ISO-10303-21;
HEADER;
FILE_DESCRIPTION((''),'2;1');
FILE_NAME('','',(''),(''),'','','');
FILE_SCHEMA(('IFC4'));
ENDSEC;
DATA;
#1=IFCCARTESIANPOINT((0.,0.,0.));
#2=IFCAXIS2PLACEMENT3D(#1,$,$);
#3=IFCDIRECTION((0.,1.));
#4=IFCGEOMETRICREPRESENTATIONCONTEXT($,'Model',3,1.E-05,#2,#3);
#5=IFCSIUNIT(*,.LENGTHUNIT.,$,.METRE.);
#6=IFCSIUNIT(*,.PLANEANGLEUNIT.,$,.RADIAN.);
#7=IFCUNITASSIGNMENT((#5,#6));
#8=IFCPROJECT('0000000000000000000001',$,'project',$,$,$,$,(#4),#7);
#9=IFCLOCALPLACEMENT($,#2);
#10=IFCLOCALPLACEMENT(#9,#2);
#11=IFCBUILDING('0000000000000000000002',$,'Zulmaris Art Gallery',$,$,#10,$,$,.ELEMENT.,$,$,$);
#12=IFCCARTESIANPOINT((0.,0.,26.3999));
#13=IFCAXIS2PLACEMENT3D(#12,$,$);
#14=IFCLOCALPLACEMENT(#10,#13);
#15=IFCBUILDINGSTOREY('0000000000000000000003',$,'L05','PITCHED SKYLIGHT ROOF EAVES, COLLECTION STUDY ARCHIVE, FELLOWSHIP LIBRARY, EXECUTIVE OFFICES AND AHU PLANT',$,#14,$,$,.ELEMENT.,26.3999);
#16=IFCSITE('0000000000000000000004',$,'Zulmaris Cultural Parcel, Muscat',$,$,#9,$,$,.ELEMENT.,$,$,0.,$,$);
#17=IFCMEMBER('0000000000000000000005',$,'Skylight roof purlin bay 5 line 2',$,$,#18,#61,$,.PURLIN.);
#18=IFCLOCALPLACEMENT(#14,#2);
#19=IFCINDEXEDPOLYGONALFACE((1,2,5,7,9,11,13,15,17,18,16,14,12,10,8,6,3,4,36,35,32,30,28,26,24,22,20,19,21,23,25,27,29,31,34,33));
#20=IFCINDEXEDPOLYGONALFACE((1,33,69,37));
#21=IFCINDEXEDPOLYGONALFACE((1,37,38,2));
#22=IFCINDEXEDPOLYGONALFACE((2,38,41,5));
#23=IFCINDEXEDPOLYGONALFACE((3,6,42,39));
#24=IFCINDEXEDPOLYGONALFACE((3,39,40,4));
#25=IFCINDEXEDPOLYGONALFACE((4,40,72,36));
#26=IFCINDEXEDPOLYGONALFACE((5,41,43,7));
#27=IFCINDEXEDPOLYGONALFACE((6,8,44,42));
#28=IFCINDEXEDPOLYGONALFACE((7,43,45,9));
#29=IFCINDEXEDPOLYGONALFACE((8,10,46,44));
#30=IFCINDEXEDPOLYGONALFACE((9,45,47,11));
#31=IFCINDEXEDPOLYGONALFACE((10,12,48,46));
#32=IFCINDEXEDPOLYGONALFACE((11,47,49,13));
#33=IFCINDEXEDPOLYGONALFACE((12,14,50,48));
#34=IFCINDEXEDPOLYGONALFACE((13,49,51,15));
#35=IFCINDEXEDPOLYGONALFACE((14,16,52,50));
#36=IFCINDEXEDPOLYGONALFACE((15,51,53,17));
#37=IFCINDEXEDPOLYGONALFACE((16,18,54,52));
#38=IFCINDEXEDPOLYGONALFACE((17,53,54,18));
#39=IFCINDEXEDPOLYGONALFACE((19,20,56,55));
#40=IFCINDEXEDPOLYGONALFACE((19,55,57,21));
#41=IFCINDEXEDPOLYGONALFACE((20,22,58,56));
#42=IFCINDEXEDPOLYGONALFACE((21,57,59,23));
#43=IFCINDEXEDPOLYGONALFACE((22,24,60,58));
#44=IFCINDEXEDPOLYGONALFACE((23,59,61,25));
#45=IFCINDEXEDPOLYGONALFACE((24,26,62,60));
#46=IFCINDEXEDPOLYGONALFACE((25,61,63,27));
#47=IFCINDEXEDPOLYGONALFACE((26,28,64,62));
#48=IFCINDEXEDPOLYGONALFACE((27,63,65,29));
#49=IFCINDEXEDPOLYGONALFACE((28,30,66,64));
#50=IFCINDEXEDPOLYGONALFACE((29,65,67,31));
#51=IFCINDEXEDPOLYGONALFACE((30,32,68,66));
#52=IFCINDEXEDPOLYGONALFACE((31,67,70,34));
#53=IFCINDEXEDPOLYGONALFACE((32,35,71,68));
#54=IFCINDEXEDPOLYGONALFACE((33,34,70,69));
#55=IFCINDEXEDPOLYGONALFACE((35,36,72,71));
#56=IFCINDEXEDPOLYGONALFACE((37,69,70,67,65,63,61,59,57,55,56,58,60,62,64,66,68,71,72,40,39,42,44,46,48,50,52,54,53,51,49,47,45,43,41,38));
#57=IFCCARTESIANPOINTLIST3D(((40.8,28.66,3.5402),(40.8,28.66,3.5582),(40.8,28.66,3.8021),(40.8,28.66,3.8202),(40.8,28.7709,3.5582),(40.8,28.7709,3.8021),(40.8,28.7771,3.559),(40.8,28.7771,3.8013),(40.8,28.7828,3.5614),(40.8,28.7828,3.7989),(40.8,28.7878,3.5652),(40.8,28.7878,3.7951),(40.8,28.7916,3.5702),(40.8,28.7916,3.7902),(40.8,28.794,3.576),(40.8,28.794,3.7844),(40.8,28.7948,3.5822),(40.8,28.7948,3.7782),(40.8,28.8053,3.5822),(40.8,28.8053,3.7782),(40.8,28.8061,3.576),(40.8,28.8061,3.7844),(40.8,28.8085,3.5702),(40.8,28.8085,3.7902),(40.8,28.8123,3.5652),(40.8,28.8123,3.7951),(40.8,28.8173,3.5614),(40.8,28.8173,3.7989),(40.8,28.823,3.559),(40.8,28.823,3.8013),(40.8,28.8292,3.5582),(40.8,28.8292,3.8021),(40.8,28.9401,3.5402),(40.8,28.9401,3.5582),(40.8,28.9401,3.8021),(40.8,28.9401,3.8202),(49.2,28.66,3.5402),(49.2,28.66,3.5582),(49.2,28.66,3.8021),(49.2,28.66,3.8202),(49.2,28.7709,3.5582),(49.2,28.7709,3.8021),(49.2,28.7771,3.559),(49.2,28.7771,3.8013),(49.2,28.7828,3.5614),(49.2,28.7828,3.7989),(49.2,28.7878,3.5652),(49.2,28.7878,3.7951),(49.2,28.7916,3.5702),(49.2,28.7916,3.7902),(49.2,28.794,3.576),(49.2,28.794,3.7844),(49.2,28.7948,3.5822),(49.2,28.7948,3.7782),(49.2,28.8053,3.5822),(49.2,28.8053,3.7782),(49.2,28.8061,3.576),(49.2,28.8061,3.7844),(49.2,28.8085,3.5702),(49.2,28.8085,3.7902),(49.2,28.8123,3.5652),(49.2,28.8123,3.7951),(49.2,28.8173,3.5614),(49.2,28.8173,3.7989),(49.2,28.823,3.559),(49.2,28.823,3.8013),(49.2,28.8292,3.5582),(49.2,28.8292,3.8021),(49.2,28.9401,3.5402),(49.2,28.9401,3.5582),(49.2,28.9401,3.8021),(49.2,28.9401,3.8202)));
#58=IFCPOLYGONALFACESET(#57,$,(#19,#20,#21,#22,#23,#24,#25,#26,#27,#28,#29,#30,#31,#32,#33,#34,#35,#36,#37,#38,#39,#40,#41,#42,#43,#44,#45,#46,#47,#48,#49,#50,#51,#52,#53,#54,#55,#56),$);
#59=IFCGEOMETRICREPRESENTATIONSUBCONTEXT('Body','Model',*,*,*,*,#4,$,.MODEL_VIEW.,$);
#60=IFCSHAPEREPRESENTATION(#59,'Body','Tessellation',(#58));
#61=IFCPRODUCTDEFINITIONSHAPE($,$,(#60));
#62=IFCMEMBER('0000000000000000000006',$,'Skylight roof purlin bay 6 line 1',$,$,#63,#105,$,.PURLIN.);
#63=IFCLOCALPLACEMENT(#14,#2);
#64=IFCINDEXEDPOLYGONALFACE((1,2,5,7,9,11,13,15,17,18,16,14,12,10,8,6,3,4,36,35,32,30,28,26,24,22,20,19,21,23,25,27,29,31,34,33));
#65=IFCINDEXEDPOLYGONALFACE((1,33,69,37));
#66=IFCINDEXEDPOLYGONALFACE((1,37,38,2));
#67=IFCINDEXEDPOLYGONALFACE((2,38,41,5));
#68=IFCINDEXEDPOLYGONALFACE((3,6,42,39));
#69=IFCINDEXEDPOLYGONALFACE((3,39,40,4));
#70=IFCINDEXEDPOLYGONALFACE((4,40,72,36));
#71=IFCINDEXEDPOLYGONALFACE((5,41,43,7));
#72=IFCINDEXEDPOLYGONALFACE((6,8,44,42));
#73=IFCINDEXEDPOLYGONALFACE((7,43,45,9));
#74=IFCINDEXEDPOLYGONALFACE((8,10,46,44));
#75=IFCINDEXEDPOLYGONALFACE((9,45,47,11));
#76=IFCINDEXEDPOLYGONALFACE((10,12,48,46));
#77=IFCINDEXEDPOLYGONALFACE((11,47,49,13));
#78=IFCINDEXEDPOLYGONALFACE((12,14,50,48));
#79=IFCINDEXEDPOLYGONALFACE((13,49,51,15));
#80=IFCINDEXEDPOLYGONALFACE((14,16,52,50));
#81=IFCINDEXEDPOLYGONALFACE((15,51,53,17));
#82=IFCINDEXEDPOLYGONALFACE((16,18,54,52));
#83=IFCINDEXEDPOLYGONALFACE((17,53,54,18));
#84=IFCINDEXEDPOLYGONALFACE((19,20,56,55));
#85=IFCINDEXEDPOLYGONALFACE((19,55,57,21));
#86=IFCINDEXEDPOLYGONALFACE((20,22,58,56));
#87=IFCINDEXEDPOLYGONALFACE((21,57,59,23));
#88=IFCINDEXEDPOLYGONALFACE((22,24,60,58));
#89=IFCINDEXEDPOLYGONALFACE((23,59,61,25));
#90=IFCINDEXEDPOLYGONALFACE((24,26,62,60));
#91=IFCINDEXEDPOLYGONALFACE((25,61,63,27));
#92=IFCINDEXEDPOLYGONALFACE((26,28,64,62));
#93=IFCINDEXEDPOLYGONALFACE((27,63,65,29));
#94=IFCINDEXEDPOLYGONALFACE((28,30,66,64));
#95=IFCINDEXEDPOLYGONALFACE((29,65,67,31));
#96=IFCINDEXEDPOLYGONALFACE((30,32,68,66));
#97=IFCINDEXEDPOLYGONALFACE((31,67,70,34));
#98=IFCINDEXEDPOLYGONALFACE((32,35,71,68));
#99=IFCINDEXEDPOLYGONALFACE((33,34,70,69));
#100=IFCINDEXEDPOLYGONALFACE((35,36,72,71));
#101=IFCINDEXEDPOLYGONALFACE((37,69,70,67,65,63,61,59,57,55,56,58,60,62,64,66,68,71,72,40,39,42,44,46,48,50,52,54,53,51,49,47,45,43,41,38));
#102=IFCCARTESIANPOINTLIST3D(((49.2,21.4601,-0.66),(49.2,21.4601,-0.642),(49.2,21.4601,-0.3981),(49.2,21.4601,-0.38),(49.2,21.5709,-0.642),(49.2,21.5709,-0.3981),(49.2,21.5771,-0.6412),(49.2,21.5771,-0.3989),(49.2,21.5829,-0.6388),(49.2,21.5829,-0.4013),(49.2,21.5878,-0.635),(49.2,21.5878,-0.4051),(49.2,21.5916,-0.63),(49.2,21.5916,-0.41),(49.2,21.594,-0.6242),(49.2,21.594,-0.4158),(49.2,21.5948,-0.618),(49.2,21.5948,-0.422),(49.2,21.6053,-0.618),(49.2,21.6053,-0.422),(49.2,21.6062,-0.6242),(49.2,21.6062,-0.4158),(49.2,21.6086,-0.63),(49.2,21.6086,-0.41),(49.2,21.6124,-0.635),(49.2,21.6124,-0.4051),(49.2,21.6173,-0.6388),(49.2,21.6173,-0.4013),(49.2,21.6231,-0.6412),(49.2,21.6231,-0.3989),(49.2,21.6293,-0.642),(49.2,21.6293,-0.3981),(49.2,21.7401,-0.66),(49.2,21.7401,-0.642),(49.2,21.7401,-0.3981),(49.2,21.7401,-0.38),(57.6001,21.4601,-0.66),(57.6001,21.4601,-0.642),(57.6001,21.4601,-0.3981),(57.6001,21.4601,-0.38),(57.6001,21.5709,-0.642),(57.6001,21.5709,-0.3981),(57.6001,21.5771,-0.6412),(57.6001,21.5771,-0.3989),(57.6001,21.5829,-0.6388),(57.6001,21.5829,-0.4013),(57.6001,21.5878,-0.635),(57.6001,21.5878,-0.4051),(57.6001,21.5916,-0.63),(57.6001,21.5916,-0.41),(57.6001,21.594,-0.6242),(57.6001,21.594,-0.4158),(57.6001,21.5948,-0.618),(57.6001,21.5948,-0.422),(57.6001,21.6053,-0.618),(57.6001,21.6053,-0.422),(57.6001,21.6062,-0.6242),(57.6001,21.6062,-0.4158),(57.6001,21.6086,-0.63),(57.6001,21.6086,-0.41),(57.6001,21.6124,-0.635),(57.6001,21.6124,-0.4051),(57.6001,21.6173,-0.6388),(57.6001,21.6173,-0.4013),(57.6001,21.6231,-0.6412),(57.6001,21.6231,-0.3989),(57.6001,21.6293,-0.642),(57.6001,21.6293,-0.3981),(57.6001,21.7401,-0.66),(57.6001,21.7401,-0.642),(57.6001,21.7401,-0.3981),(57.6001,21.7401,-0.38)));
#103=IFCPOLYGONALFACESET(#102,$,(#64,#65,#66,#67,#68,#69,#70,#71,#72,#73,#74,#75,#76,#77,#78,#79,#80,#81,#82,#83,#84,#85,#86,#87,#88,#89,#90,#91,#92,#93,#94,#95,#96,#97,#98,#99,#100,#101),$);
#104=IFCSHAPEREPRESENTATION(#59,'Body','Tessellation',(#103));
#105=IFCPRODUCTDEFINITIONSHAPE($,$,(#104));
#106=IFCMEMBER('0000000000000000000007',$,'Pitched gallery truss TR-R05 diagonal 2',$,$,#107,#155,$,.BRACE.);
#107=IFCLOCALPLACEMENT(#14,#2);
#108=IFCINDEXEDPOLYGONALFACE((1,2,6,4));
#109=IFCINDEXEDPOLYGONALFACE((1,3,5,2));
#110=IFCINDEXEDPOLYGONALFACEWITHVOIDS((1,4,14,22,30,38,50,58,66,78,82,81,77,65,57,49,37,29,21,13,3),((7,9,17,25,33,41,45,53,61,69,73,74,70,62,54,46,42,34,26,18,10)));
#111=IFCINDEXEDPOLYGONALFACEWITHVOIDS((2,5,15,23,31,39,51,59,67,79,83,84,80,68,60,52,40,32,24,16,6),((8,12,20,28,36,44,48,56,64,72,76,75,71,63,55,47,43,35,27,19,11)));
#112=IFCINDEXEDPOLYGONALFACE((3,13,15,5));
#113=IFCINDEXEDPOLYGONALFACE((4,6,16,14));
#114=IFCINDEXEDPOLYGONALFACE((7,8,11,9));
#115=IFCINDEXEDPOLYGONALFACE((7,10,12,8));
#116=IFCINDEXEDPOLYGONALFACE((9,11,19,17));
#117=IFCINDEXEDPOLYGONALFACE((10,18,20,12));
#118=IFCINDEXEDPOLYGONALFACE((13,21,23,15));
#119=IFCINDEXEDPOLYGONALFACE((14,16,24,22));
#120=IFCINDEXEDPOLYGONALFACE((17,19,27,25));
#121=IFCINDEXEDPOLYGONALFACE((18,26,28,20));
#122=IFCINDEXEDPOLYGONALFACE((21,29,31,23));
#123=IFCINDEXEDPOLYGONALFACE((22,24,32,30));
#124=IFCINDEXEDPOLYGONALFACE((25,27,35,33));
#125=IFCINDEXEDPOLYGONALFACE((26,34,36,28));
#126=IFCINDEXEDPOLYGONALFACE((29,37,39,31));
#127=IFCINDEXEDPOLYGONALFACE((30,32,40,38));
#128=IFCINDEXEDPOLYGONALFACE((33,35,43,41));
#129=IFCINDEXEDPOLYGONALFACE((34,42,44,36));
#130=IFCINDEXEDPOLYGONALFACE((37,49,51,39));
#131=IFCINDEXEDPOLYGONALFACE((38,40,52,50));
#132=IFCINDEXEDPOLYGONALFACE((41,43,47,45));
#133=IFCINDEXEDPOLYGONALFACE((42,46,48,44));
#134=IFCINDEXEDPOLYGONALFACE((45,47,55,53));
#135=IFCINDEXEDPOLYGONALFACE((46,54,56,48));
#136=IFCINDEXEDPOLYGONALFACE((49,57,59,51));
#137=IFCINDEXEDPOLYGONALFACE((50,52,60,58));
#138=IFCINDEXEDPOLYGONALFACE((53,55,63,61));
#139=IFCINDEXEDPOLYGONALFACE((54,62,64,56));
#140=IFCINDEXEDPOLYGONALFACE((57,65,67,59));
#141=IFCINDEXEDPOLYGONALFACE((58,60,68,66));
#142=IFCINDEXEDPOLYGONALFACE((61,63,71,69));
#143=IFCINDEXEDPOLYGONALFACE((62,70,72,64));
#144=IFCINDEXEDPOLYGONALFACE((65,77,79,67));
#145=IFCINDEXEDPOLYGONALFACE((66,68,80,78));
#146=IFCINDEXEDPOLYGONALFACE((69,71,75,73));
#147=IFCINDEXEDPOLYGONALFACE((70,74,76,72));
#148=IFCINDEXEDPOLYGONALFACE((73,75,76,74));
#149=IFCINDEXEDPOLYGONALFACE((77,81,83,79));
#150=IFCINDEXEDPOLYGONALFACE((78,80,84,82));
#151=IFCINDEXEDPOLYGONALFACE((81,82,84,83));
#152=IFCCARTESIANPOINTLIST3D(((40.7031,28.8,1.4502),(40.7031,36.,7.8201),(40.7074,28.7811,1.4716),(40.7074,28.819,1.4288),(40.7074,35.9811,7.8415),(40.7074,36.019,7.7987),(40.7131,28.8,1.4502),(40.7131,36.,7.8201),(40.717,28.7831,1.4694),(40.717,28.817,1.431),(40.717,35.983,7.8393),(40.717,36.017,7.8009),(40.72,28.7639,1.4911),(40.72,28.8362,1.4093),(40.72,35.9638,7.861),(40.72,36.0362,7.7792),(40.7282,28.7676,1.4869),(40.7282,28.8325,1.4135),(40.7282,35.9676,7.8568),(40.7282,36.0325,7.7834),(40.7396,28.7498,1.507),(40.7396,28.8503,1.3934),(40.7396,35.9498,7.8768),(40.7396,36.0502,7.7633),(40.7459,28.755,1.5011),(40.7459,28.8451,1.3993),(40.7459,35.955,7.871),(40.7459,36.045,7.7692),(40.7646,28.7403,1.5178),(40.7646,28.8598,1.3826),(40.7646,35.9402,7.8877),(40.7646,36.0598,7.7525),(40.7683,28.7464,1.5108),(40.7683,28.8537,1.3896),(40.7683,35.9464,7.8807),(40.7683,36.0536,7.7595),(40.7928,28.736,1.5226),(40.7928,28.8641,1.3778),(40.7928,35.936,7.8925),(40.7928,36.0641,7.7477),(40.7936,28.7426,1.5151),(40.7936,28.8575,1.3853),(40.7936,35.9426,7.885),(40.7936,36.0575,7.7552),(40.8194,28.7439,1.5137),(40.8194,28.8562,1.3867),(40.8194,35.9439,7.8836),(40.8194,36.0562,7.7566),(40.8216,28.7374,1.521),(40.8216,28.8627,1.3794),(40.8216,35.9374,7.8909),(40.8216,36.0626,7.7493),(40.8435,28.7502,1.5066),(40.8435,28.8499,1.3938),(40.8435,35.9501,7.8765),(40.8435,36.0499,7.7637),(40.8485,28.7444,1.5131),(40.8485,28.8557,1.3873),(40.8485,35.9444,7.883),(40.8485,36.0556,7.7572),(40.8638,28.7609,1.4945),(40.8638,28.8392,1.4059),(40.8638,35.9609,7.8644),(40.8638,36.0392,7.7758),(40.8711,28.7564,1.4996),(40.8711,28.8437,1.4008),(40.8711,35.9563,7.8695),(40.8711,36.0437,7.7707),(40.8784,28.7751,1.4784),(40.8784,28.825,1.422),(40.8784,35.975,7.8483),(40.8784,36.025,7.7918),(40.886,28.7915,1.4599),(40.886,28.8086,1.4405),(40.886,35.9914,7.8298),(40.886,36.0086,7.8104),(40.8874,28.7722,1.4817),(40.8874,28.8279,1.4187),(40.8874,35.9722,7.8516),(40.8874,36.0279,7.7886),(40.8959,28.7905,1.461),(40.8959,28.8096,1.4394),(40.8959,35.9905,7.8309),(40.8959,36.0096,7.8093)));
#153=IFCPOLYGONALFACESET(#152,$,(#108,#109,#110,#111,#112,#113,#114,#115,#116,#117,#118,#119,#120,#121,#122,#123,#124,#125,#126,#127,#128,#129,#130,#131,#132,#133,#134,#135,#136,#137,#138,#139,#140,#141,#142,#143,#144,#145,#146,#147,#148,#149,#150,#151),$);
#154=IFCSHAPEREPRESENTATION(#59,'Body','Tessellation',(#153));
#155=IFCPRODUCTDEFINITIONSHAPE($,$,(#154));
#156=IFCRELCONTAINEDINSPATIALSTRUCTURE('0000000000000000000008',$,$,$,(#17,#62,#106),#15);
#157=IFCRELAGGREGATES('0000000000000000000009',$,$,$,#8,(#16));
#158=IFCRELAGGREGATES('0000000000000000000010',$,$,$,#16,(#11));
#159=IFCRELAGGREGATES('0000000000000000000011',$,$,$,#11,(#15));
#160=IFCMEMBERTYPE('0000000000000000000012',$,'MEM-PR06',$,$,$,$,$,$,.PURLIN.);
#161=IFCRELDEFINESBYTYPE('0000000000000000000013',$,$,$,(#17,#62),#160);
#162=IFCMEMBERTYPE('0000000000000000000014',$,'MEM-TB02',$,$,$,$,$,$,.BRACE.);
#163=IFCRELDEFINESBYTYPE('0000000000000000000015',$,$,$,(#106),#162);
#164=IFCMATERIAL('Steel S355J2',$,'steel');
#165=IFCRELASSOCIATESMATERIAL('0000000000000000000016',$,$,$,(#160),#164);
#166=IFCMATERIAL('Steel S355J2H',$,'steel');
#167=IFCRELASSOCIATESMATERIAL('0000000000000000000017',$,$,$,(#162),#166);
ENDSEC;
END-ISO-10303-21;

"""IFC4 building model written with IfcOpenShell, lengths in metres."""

from ifc_helpers import new_model, si_unit, direction, frame, origin, origin_2d, place, context, subcontext, project, spatial, hollow_circle, i_section, extrude, material, material_profile, profile_set, type_object, element, save


model = new_model("IFC4")

# Units and contexts
model_context = context("Model", 3, precision=1e-05, world=origin(), true_north=direction((0.0, 1.0)))
body_context = subcontext(model_context, "Body", "Model", "MODEL_VIEW")
ifc_project = project(units=[si_unit("LENGTHUNIT", "METRE"), si_unit("PLANEANGLEUNIT", "RADIAN")], contexts=[model_context])

# Site, building, storey
site_placement = place(None, origin())
site = spatial("IfcSite", under=ifc_project, at=site_placement, Name="Zulmaris Cultural Parcel, Muscat", CompositionType="ELEMENT", RefElevation=0.0)
building_placement = place(site_placement, origin())
building = spatial("IfcBuilding", under=site, at=building_placement, Name="Zulmaris Art Gallery", CompositionType="ELEMENT")
storey_placement = place(building_placement, frame((0.0, 0.0, 26.3999)))
storey = spatial("IfcBuildingStorey", under=building, at=storey_placement, Name="L05", Description="PITCHED SKYLIGHT ROOF EAVES, COLLECTION STUDY ARCHIVE, FELLOWSHIP LIBRARY, EXECUTIVE OFFICES AND AHU PLANT", CompositionType="ELEMENT", Elevation=26.3999)

# Members
ifc_material_1 = material(Name="Steel S355J2H", Category="steel")
ifc_material_2 = material(Name="Steel S355J2", Category="steel")
ifc_material_profile_1 = material_profile(ifc_material_2, i_section(OverallWidth=0.28, OverallDepth=0.28, WebThickness=0.0105, FlangeThickness=0.0181, FilletRadius=0.0239, at=origin_2d()), Name="HEB 280")
ifc_profile_set_1 = profile_set([ifc_material_profile_1], Name="Steel S355J2")
member_type_1 = type_object("IfcMemberType", Name="MEM-PR06", PredefinedType="PURLIN", material=ifc_profile_set_1)
member_1_placement = place(storey_placement, frame((40.8, 28.8, 3.6802), z_axis=(1.0, 0.0, 0.0), x_axis=(0.0, 1.0, 0.0)))
element("IfcMember", 1, at=member_1_placement, inside=storey, type_object=member_type_1, Name="Skylight roof purlin bay 5 line 2", PredefinedType="PURLIN", context=body_context, shape_type="SweptSolid", body=[
    extrude(i_section(OverallWidth=0.28, OverallDepth=0.28, WebThickness=0.0105, FlangeThickness=0.0181, FilletRadius=0.0239, at=origin_2d()), origin(), (0.0, 0.0, 1.0), 8.3999),
])
member_2_placement = place(storey_placement, frame((49.2, 21.6001, -0.52), z_axis=(1.0, 0.0, 0.0), x_axis=(0.0, 1.0, 0.0)))
element("IfcMember", 2, at=member_2_placement, inside=storey, type_object=member_type_1, Name="Skylight roof purlin bay 6 line 1", PredefinedType="PURLIN", context=body_context, shape_type="SweptSolid", body=[
    extrude(i_section(OverallWidth=0.28, OverallDepth=0.28, WebThickness=0.0105, FlangeThickness=0.0181, FilletRadius=0.0239, at=origin_2d()), origin(), (0.0, 0.0, 1.0), 8.4001),
])
ifc_material_profile_2 = material_profile(ifc_material_1, hollow_circle(Radius=0.0969, WallThickness=0.01, at=origin_2d()), Name="CHS 193.7x10")
ifc_profile_set_2 = profile_set([ifc_material_profile_2], Name="Steel S355J2H")
member_type_2 = type_object("IfcMemberType", Name="MEM-TB02", PredefinedType="BRACE", material=ifc_profile_set_2)
member_3_placement = place(storey_placement, frame((40.8, 28.8, 1.4502), z_axis=(0.0, 0.748961, 0.662614), x_axis=(-1.0, 0.0, 0.0)))
element("IfcMember", 3, at=member_3_placement, inside=storey, type_object=member_type_2, Name="Pitched gallery truss TR-R05 diagonal 2", PredefinedType="BRACE", context=body_context, shape_type="SweptSolid", body=[
    extrude(hollow_circle(Radius=0.0969, WallThickness=0.01, at=origin_2d()), origin(), (0.0, 0.0, 1.0), 9.6133),
])

save(model, "model.ifc")
